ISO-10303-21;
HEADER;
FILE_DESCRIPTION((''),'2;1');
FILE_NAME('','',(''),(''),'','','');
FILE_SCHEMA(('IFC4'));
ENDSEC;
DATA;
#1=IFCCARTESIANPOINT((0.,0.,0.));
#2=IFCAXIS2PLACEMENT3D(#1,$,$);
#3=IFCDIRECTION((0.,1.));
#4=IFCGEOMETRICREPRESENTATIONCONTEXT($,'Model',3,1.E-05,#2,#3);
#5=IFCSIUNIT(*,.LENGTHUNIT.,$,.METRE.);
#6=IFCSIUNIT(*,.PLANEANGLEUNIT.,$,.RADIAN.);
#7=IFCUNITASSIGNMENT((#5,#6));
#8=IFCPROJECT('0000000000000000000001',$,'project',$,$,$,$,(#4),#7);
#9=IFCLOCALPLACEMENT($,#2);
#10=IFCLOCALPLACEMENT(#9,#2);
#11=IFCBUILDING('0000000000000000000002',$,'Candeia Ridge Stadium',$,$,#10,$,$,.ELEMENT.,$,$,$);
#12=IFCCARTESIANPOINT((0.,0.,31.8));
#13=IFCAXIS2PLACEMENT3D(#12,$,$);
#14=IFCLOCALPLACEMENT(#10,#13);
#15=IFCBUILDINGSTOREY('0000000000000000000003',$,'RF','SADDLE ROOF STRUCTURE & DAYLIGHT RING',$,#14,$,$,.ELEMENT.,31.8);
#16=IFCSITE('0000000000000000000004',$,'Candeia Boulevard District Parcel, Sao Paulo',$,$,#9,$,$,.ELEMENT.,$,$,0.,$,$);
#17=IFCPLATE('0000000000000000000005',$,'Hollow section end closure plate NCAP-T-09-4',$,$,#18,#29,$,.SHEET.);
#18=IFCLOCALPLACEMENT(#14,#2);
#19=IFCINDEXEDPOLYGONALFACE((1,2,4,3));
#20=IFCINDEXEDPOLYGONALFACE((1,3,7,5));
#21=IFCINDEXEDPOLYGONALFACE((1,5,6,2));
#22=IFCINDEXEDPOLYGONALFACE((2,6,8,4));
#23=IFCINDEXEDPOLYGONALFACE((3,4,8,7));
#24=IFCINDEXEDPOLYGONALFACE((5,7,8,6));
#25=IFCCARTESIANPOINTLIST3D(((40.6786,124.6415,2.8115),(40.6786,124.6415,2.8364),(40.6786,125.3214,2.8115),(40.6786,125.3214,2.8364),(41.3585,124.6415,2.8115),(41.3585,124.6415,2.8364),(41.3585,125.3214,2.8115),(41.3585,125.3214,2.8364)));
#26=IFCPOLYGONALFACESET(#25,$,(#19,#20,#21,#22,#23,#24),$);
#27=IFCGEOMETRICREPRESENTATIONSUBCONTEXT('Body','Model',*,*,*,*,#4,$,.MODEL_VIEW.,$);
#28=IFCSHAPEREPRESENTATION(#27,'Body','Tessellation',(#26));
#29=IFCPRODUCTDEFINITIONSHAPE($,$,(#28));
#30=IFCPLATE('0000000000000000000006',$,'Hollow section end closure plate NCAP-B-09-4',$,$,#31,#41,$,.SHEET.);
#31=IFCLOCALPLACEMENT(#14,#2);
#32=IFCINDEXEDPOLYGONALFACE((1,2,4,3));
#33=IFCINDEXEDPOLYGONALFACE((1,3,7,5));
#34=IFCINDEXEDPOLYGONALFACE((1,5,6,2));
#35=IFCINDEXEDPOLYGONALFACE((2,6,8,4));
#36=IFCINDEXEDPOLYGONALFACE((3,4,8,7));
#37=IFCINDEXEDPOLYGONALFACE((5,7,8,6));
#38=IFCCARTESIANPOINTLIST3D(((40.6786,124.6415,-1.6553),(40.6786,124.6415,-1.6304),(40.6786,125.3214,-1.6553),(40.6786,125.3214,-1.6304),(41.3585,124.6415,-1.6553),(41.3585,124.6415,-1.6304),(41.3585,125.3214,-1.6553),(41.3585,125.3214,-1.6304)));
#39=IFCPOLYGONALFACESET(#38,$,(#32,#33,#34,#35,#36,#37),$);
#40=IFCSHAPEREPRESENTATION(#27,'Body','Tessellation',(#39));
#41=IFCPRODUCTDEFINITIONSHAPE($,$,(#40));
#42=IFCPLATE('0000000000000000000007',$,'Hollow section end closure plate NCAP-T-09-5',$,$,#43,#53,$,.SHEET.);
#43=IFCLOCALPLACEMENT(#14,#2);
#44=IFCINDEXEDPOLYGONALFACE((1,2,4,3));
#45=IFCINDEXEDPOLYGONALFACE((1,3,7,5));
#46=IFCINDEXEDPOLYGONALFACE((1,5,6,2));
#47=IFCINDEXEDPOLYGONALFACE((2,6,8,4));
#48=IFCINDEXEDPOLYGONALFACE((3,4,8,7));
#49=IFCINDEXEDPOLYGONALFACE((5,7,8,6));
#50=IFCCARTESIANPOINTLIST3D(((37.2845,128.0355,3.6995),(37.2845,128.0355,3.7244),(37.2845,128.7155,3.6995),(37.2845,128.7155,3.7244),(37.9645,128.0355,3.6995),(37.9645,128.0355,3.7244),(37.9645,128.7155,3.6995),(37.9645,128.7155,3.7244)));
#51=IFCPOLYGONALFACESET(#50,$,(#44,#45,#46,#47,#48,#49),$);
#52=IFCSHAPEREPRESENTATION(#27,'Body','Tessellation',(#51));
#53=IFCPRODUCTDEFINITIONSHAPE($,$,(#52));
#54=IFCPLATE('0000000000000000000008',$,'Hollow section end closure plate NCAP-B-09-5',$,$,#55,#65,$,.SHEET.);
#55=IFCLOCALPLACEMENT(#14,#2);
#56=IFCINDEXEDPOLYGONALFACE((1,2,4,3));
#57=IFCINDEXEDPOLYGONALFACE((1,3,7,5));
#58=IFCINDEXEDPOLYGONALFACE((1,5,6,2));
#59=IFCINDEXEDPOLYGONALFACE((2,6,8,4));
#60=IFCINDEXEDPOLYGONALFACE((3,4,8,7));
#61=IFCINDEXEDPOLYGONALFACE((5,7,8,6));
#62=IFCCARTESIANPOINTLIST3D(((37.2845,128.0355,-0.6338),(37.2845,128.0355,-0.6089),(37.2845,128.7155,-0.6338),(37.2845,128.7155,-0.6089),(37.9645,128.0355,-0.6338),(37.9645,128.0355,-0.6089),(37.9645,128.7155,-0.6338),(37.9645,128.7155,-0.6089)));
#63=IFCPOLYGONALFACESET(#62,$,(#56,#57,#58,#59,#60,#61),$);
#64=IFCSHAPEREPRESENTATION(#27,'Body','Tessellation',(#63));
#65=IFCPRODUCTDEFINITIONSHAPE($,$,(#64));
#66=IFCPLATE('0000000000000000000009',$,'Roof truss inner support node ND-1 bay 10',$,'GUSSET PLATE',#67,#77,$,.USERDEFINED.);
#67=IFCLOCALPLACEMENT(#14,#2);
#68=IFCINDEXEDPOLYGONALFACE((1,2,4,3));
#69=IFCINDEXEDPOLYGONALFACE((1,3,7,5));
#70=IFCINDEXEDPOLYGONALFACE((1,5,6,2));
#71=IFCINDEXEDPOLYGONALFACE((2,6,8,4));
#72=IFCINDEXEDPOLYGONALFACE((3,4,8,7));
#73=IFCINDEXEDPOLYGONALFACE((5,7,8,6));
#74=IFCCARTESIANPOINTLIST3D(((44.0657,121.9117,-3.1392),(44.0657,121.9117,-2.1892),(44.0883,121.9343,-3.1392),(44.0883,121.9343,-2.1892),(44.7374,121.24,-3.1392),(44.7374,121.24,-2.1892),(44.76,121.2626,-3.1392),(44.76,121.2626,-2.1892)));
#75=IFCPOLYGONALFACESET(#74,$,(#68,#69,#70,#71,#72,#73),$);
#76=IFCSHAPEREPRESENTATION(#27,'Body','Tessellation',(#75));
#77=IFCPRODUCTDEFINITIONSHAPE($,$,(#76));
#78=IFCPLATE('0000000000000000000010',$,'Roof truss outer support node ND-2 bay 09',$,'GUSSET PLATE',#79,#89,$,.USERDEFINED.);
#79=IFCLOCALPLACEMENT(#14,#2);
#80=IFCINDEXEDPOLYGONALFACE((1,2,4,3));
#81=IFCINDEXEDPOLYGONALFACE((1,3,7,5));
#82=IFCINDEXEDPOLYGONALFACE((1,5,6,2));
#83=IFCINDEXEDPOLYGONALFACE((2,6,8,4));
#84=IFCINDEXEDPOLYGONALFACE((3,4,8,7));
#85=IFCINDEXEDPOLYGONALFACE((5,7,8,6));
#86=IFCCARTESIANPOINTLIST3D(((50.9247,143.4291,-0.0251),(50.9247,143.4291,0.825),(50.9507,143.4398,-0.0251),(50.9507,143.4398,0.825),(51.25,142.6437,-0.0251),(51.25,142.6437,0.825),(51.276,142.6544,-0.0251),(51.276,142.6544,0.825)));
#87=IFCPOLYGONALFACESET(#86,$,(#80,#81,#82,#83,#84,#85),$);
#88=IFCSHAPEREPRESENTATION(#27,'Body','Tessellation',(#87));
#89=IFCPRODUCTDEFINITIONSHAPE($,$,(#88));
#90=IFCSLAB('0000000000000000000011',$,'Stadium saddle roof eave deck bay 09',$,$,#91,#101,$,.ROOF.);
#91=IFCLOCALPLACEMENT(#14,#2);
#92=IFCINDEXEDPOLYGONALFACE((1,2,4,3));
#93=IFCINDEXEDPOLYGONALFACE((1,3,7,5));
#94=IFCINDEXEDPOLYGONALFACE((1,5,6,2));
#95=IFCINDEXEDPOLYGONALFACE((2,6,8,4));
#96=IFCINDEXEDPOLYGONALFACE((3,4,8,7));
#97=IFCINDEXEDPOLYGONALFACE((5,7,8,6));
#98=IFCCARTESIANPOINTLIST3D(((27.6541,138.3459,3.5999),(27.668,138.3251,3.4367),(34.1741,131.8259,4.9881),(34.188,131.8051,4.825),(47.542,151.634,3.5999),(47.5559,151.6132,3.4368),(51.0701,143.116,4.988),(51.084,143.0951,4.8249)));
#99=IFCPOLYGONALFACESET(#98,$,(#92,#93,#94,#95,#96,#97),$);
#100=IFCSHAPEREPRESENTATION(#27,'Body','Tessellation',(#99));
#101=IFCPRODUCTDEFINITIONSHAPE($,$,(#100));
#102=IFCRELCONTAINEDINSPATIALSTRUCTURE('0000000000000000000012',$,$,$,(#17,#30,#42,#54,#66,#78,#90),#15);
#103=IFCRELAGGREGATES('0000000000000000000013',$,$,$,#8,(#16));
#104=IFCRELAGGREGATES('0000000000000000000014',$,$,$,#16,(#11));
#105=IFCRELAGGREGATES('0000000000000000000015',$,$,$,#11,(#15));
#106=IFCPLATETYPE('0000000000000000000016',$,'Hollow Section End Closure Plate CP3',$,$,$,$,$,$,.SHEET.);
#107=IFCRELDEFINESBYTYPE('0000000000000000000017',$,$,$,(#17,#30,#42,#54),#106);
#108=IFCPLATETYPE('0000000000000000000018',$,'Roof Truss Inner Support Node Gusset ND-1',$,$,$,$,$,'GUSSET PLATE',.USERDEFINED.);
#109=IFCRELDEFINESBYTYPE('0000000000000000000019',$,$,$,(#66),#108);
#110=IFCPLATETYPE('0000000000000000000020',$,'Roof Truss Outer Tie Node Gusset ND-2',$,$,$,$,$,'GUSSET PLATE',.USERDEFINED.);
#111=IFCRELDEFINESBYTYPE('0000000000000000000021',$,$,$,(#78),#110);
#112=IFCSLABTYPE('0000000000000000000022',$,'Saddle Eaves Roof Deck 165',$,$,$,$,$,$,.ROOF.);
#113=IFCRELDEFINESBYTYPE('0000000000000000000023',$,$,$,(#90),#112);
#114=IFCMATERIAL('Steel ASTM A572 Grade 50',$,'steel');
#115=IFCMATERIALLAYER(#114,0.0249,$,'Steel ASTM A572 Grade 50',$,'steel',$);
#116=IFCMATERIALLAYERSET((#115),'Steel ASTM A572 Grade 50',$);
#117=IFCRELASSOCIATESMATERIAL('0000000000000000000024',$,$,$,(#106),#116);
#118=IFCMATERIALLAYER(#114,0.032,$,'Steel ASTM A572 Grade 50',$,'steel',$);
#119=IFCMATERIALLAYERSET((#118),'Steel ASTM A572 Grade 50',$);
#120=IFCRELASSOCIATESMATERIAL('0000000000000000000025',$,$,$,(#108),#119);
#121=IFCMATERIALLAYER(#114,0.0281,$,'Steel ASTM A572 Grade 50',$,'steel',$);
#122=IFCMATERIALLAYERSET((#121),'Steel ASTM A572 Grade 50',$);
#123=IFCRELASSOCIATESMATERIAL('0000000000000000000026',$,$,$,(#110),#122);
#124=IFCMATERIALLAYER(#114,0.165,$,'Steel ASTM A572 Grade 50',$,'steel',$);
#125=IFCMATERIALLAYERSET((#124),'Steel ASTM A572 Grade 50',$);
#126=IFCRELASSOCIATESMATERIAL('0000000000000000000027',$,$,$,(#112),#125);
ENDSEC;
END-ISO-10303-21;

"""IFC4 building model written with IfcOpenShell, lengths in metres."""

from ifc_helpers import new_model, si_unit, direction, frame, origin, origin_2d, place, context, subcontext, project, spatial, polyline, rectangle, outline, extrude, material, layer, layer_set, type_object, element, save


model = new_model("IFC4")

# Units and contexts
model_context = context("Model", 3, precision=1e-05, world=origin(), true_north=direction((0.0, 1.0)))
body_context = subcontext(model_context, "Body", "Model", "MODEL_VIEW")
ifc_project = project(units=[si_unit("LENGTHUNIT", "METRE"), si_unit("PLANEANGLEUNIT", "RADIAN")], contexts=[model_context])

# Site, building, storey
site_placement = place(None, origin())
site = spatial("IfcSite", under=ifc_project, at=site_placement, Name="Candeia Boulevard District Parcel, Sao Paulo", CompositionType="ELEMENT", RefElevation=0.0)
building_placement = place(site_placement, origin())
building = spatial("IfcBuilding", under=site, at=building_placement, Name="Candeia Ridge Stadium", CompositionType="ELEMENT")
storey_placement = place(building_placement, frame((0.0, 0.0, 31.8)))
storey = spatial("IfcBuildingStorey", under=building, at=storey_placement, Name="RF", Description="SADDLE ROOF STRUCTURE & DAYLIGHT RING", CompositionType="ELEMENT", Elevation=31.8)

# Shared definitions
ifc_material_1 = material(Name="Steel ASTM A572 Grade 50", Category="steel")

# Plates
ifc_layer_1 = layer(ifc_material_1, 0.0249, Name="Steel ASTM A572 Grade 50", Category="steel")
ifc_layer_set_1 = layer_set([ifc_layer_1], Name="Steel ASTM A572 Grade 50")
plate_type_1 = type_object("IfcPlateType", Name="Hollow Section End Closure Plate CP3", PredefinedType="SHEET", material=ifc_layer_set_1)
for number, where, z_axis, x_axis, name in (
    (1, (41.0186, 124.9814, 2.8115), (0.0, 0.0, 1.0), (1.0, 0.0, 0.0), "Hollow section end closure plate NCAP-T-09-4"),
    (2, (41.0186, 124.9814, -1.6553), (0.0, 0.0, 1.0), (1.0, 0.0, 0.0), "Hollow section end closure plate NCAP-B-09-4"),
    (3, (37.6245, 128.3755, 3.6995), (0.0, 0.0, 1.0), (1.0, 0.0, 0.0), "Hollow section end closure plate NCAP-T-09-5"),
    (4, (37.6245, 128.3755, -0.6338), (0.0, 0.0, 1.0), (1.0, 0.0, 0.0), "Hollow section end closure plate NCAP-B-09-5"),
):
    element("IfcPlate", number, at=place(storey_placement, frame(where, z_axis=z_axis, x_axis=x_axis)), inside=storey, type_object=plate_type_1, Name=name, PredefinedType="SHEET", context=body_context, shape_type="SweptSolid", body=[
        extrude(rectangle(XDim=0.6799, YDim=0.6799, at=origin_2d()), origin(), (0.0, 0.0, 1.0), 0.0249),
    ])
ifc_layer_2 = layer(ifc_material_1, 0.032, Name="Steel ASTM A572 Grade 50", Category="steel")
ifc_layer_set_2 = layer_set([ifc_layer_2], Name="Steel ASTM A572 Grade 50")
plate_type_2 = type_object("IfcPlateType", Name="Roof Truss Inner Support Node Gusset ND-1", ElementType="GUSSET PLATE", PredefinedType="USERDEFINED", material=ifc_layer_set_2)
plate_1_placement = place(storey_placement, frame((44.4128, 121.5872, -3.1392), z_axis=(0.0, 0.0, 1.0), x_axis=(-0.707107, 0.707107, 0.0)))
element("IfcPlate", 5, at=plate_1_placement, inside=storey, type_object=plate_type_2, Name="Roof truss inner support node ND-1 bay 10", ObjectType="GUSSET PLATE", PredefinedType="USERDEFINED", context=body_context, shape_type="SweptSolid", body=[
    extrude(rectangle(XDim=0.95, YDim=0.032, at=origin_2d()), origin(), (0.0, 0.0, 1.0), 0.95),
])
ifc_layer_3 = layer(ifc_material_1, 0.0281, Name="Steel ASTM A572 Grade 50", Category="steel")
ifc_layer_set_3 = layer_set([ifc_layer_3], Name="Steel ASTM A572 Grade 50")
plate_type_3 = type_object("IfcPlateType", Name="Roof Truss Outer Tie Node Gusset ND-2", ElementType="GUSSET PLATE", PredefinedType="USERDEFINED", material=ifc_layer_set_3)
plate_2_placement = place(storey_placement, frame((51.1003, 143.0417, -0.0251), z_axis=(0.0, 0.0, 1.0), x_axis=(-0.382683, 0.92388, 0.0)))
element("IfcPlate", 6, at=plate_2_placement, inside=storey, type_object=plate_type_3, Name="Roof truss outer support node ND-2 bay 09", ObjectType="GUSSET PLATE", PredefinedType="USERDEFINED", context=body_context, shape_type="SweptSolid", body=[
    extrude(rectangle(XDim=0.8501, YDim=0.0281, at=origin_2d()), origin(), (0.0, 0.0, 1.0), 0.8501),
])

# Slab
ifc_layer_4 = layer(ifc_material_1, 0.165, Name="Steel ASTM A572 Grade 50", Category="steel")
ifc_layer_set_4 = layer_set([ifc_layer_4], Name="Steel ASTM A572 Grade 50")
slab_type = type_object("IfcSlabType", Name="Saddle Eaves Roof Deck 165", PredefinedType="ROOF", material=ifc_layer_set_4)
slab_placement = place(storey_placement, frame((51.0701, 143.116, 4.988), z_axis=(-0.084297, 0.12616, 0.988422), x_axis=(-0.831459, -0.555587, 0.000003)))
element("IfcSlab", 7, at=slab_placement, inside=storey, type_object=slab_type, Name="Stadium saddle roof eave deck bay 09", PredefinedType="ROOF", context=body_context, shape_type="SweptSolid", body=[
    extrude(outline(polyline([(0.0, 0.0), (20.3209, 0.0), (22.1196, -9.1495), (-1.7991, -9.1485), (0.0, 0.0)])), origin(), (0.0, 0.0, -1.0), 0.165),
])

save(model, "model.ifc")
